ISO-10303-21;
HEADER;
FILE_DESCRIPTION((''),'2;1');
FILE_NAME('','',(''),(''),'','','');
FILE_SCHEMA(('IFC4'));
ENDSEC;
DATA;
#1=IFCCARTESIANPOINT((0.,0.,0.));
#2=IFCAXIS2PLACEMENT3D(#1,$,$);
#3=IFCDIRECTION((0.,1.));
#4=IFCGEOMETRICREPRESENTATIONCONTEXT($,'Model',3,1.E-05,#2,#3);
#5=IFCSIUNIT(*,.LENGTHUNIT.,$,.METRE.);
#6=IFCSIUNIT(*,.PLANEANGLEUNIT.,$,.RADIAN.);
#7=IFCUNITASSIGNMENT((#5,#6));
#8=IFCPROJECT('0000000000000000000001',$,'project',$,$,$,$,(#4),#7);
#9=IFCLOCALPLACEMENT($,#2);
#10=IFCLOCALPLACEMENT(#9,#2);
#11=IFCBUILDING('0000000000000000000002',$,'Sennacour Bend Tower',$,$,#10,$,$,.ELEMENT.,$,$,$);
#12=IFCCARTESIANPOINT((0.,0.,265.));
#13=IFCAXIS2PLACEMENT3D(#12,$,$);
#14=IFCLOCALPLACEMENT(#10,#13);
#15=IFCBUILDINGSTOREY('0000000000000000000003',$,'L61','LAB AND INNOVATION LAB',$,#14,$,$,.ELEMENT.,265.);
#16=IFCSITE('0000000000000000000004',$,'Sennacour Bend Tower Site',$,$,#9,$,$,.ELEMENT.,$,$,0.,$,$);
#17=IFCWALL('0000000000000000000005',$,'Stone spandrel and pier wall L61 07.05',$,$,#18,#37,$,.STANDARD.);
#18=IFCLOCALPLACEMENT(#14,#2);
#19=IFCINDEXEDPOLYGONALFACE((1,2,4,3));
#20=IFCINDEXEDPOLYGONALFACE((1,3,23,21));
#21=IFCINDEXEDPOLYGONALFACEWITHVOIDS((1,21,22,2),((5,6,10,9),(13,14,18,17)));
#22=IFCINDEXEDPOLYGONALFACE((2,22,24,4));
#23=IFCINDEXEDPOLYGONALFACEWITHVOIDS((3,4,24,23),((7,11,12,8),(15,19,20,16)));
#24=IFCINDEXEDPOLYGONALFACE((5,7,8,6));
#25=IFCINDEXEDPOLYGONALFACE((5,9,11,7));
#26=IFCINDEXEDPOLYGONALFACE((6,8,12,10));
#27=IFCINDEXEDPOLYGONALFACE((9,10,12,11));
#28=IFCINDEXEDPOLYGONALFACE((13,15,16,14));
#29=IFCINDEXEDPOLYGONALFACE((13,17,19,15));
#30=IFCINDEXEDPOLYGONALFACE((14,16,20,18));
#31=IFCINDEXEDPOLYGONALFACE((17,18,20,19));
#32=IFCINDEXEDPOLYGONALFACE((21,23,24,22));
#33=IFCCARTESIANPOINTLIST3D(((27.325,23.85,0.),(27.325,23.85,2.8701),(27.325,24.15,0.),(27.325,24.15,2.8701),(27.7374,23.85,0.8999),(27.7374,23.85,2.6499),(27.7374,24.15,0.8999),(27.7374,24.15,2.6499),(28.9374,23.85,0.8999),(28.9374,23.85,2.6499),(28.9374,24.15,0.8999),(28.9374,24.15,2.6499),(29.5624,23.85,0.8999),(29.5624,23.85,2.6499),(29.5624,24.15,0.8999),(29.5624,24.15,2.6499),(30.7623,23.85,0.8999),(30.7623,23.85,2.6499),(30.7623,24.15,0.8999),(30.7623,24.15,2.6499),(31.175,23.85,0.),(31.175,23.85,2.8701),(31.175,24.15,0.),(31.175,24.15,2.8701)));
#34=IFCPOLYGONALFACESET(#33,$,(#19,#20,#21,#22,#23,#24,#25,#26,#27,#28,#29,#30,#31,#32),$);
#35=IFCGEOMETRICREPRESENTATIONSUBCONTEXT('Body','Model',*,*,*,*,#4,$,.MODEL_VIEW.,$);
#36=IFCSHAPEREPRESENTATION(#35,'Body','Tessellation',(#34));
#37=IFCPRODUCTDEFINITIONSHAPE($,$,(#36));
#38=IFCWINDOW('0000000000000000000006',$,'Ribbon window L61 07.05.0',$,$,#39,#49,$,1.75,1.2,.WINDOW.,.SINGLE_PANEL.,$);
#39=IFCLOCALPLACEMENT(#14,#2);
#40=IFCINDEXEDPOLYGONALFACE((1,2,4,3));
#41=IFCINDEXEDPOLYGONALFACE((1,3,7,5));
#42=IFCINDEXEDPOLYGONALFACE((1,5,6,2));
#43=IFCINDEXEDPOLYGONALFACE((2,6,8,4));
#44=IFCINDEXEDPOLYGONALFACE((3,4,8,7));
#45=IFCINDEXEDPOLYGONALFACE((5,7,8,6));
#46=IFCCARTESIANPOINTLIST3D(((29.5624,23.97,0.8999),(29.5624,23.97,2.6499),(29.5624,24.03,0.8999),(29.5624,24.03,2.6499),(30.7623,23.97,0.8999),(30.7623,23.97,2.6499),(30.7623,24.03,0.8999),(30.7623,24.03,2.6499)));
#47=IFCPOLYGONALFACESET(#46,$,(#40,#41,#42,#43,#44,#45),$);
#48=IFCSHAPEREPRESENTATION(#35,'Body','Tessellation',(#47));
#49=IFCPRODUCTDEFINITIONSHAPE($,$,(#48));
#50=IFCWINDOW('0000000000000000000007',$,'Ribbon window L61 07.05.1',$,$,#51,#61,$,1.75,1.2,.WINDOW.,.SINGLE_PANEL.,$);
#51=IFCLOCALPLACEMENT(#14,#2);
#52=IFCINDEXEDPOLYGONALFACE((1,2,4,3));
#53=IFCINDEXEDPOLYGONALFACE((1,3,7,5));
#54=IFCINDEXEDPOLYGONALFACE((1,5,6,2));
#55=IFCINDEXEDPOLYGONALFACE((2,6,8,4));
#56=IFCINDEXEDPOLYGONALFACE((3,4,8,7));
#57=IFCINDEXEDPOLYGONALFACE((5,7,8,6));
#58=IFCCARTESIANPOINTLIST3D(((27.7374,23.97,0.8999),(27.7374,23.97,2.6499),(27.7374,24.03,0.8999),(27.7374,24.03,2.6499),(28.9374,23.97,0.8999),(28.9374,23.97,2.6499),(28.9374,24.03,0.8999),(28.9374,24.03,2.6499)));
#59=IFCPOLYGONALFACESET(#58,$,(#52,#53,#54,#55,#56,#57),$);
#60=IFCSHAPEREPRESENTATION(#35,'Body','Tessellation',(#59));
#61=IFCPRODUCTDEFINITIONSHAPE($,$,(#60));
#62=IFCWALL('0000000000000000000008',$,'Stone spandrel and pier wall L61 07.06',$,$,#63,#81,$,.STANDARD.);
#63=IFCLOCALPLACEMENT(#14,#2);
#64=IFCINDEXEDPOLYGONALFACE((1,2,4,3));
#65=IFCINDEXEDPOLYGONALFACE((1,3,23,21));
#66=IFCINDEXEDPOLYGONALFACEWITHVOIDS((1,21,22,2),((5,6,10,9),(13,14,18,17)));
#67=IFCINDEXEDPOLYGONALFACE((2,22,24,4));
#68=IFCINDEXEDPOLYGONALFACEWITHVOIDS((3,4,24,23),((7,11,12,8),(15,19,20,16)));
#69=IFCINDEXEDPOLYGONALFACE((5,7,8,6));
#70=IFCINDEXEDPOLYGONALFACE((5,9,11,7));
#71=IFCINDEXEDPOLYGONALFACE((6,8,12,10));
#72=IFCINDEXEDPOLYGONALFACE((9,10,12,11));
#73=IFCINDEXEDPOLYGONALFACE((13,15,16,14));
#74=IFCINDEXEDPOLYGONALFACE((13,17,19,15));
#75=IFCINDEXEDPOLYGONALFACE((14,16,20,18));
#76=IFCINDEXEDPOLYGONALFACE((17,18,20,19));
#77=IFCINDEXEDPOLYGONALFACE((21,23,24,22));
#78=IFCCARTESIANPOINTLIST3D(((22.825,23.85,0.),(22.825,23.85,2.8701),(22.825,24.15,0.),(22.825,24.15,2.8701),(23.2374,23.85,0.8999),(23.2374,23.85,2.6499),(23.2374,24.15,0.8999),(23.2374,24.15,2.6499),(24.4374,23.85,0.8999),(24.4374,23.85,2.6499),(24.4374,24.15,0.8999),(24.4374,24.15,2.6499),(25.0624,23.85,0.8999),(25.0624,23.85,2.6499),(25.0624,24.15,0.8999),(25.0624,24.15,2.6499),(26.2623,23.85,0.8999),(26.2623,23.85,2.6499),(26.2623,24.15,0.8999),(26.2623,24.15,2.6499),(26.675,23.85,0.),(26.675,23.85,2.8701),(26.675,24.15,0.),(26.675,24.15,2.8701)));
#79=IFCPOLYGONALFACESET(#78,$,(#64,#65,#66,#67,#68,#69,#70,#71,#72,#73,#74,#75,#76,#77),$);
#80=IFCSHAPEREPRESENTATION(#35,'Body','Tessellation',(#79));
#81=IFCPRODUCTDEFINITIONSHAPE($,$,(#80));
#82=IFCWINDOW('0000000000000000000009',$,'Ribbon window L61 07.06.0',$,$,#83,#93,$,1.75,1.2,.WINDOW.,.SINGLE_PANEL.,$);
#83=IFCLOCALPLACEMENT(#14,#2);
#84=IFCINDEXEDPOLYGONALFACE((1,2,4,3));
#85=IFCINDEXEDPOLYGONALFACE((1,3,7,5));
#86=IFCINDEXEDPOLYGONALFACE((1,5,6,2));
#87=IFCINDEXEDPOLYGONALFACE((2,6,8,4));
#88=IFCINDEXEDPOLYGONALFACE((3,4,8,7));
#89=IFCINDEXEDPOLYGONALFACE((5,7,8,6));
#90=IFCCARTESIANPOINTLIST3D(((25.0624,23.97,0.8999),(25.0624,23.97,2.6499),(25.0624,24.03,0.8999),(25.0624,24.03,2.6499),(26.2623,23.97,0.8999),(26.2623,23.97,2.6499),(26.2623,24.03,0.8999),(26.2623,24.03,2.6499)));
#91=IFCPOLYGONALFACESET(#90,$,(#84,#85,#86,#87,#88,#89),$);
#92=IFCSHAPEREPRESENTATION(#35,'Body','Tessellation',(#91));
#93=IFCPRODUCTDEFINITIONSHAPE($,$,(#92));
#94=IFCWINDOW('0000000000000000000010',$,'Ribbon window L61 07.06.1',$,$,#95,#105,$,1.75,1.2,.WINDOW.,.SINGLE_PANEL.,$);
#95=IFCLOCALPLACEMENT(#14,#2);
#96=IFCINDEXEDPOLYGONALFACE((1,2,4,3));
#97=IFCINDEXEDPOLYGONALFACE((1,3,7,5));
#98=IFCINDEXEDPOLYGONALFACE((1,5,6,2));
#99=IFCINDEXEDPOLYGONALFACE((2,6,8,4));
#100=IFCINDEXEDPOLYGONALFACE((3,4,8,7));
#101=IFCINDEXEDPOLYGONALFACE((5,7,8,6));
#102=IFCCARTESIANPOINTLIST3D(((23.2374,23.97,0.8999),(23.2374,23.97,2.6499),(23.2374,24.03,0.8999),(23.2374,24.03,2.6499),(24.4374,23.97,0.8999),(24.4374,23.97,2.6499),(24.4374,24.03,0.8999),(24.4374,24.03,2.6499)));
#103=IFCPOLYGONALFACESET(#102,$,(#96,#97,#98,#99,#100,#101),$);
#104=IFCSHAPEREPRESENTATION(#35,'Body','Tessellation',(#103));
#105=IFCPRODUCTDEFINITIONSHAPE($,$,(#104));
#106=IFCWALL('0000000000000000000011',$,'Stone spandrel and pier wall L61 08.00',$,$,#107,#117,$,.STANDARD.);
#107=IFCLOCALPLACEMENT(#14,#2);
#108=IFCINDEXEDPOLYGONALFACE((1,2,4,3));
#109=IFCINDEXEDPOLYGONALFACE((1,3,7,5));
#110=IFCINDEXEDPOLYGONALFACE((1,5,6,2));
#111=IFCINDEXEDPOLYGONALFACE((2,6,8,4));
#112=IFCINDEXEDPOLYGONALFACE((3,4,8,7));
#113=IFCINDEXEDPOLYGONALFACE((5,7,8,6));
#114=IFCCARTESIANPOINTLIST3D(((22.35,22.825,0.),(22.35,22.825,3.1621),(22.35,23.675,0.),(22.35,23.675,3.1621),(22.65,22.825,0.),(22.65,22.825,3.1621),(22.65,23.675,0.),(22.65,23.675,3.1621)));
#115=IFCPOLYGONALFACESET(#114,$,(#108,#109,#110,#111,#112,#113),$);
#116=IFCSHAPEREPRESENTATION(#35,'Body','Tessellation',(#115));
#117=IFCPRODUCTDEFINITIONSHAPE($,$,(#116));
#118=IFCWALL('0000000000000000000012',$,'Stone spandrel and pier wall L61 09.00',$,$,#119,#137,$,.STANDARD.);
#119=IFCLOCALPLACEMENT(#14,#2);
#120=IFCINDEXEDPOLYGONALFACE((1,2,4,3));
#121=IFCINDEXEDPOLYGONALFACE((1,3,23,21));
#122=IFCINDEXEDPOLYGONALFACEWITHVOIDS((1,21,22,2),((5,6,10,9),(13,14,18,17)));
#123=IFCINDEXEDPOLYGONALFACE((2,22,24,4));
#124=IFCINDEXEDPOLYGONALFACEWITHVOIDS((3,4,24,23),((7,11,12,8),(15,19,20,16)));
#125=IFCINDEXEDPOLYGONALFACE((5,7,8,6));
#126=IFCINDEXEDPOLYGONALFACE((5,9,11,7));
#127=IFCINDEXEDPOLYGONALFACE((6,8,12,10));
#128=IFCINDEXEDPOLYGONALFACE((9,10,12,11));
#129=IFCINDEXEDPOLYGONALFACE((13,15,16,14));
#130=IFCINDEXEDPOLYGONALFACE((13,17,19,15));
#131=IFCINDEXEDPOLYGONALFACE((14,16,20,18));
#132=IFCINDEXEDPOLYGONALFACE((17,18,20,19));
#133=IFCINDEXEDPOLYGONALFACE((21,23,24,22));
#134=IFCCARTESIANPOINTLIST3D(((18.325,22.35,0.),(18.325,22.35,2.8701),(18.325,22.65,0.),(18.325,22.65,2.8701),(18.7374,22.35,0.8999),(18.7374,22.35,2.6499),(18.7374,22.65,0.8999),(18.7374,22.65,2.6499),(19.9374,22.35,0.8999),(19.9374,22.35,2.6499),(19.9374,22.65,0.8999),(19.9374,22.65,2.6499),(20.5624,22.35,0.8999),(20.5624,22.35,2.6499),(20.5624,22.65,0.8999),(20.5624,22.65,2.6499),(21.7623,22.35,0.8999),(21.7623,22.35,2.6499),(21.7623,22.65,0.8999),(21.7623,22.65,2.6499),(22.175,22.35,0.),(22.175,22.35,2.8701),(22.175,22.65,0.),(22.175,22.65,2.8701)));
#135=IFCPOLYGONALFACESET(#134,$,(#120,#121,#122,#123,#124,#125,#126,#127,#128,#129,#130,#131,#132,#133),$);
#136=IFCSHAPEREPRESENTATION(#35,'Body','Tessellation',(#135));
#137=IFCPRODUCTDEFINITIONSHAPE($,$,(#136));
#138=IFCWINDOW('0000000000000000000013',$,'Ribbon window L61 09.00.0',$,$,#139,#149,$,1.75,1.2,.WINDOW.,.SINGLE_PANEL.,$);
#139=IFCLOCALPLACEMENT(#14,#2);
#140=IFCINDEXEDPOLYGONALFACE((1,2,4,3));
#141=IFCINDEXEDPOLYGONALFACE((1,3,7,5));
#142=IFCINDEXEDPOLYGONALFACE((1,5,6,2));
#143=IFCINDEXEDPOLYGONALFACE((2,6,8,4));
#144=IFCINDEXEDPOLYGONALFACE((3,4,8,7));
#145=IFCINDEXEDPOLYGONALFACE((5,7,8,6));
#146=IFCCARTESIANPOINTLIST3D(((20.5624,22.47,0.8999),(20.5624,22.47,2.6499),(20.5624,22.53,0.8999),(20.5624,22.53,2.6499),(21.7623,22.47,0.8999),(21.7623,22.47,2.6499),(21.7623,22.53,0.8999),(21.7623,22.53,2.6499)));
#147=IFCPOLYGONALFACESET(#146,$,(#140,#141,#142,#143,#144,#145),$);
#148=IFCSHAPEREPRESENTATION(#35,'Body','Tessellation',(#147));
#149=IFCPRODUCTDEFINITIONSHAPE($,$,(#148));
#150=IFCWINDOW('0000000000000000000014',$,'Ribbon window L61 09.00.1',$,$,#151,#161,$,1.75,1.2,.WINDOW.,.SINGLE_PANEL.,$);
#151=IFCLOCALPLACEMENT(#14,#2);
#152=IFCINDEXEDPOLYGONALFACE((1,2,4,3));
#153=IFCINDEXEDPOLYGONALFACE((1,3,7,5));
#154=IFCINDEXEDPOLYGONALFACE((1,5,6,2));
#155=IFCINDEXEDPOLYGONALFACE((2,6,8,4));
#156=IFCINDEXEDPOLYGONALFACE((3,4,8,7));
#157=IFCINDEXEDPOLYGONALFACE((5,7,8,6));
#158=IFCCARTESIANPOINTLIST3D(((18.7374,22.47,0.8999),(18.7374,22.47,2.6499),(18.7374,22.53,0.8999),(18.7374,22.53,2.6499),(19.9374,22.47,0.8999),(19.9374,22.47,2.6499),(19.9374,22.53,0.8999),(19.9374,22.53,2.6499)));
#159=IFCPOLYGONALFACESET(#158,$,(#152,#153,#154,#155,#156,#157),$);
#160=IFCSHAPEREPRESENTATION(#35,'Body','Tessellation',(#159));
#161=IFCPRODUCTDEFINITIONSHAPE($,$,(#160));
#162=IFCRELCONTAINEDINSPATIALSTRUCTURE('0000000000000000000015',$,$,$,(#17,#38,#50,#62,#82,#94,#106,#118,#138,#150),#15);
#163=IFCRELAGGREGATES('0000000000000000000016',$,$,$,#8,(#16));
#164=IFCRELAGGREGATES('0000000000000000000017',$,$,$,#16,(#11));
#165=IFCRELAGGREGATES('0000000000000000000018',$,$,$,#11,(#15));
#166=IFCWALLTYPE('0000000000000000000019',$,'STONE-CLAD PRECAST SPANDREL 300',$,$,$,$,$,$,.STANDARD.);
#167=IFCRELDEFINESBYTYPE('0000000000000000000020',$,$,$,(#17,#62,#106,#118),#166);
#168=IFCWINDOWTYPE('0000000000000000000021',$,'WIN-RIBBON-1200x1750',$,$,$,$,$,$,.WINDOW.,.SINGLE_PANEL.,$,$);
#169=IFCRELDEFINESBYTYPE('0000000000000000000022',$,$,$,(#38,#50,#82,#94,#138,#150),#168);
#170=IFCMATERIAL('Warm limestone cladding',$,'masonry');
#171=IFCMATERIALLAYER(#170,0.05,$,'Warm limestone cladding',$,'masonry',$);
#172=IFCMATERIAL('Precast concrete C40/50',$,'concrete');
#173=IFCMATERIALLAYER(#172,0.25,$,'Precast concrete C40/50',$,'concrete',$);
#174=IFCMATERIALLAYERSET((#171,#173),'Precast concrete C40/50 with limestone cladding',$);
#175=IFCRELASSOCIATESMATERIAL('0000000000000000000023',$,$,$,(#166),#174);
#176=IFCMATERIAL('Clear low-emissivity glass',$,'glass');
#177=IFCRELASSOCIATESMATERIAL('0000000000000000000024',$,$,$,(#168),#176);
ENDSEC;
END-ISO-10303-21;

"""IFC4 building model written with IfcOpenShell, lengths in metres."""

from ifc_helpers import new_model, si_unit, direction, frame, frame_2d, origin, place, context, subcontext, project, spatial, rectangle, extrude, material, layer, layer_set, type_object, element, fill, save


model = new_model("IFC4")

# Units and contexts
model_context = context("Model", 3, precision=1e-05, world=origin(), true_north=direction((0.0, 1.0)))
body_context = subcontext(model_context, "Body", "Model", "MODEL_VIEW")
ifc_project = project(units=[si_unit("LENGTHUNIT", "METRE"), si_unit("PLANEANGLEUNIT", "RADIAN")], contexts=[model_context])

# Site, building, storey
site_placement = place(None, origin())
site = spatial("IfcSite", under=ifc_project, at=site_placement, Name="Sennacour Bend Tower Site", CompositionType="ELEMENT", RefElevation=0.0)
building_placement = place(site_placement, origin())
building = spatial("IfcBuilding", under=site, at=building_placement, Name="Sennacour Bend Tower", CompositionType="ELEMENT")
storey_placement = place(building_placement, frame((0.0, 0.0, 265.0)))
storey = spatial("IfcBuildingStorey", under=building, at=storey_placement, Name="L61", Description="LAB AND INNOVATION LAB", CompositionType="ELEMENT", Elevation=265.0)

# Walls, openings, windows
ifc_material_1 = material(Name="Warm limestone cladding", Category="masonry")
ifc_layer_1 = layer(ifc_material_1, 0.05, Name="Warm limestone cladding", Category="masonry")
ifc_material_2 = material(Name="Precast concrete C40/50", Category="concrete")
ifc_layer_2 = layer(ifc_material_2, 0.25, Name="Precast concrete C40/50", Category="concrete")
ifc_layer_set = layer_set([ifc_layer_1, ifc_layer_2], Name="Precast concrete C40/50 with limestone cladding")
wall_type = type_object("IfcWallType", Name="STONE-CLAD PRECAST SPANDREL 300", PredefinedType="STANDARD", material=ifc_layer_set)
wall_1_placement = place(storey_placement, frame((31.175, 24.0, 0.0), z_axis=(0.0, 0.0, 1.0), x_axis=(-1.0, 0.0, 0.0)))
wall_1 = element("IfcWall", 1, at=wall_1_placement, inside=storey, type_object=wall_type, Name="Stone spandrel and pier wall L61 07.05", PredefinedType="STANDARD", context=body_context, shape_type="SweptSolid", body=[
    extrude(rectangle(XDim=3.8501, YDim=0.3, at=frame_2d((1.925, 0.0))), origin(), (0.0, 0.0, 1.0), 2.8701),
])
opening_1_placement = place(wall_1_placement, frame((0.4126, 0.0, 0.8999)))
opening_1 = element("IfcOpeningElement", 2, at=opening_1_placement, cuts=wall_1, PredefinedType="OPENING", context=body_context, shape_type="SweptSolid", body=[
    extrude(rectangle(XDim=1.2, YDim=1.75, at=frame_2d((0.6001, 0.875))), frame((0.0, 0.1602, 0.0), z_axis=(0.0, -1.0, 0.0), x_axis=(1.0, 0.0, 0.0)), (0.0, 0.0, 1.0), 0.3201),
])
opening_2_placement = place(wall_1_placement, frame((2.2375, 0.0, 0.8999)))
opening_2 = element("IfcOpeningElement", 3, at=opening_2_placement, cuts=wall_1, PredefinedType="OPENING", context=body_context, shape_type="SweptSolid", body=[
    extrude(rectangle(XDim=1.2, YDim=1.75, at=frame_2d((0.6001, 0.875))), frame((0.0, 0.1602, 0.0), z_axis=(0.0, -1.0, 0.0), x_axis=(1.0, 0.0, 0.0)), (0.0, 0.0, 1.0), 0.3201),
])
ifc_material_3 = material(Name="Clear low-emissivity glass", Category="glass")
window_type = type_object("IfcWindowType", Name="WIN-RIBBON-1200x1750", PartitioningType="SINGLE_PANEL", PredefinedType="WINDOW", material=ifc_material_3)
window_1_placement = place(opening_1_placement, origin())
window_1 = element("IfcWindow", 4, at=window_1_placement, inside=storey, type_object=window_type, Name="Ribbon window L61 07.05.0", OverallHeight=1.75, OverallWidth=1.2, PartitioningType="SINGLE_PANEL", PredefinedType="WINDOW", context=body_context, shape_type="SweptSolid", body=[
    extrude(rectangle(XDim=1.2, YDim=1.75, at=frame_2d((0.6001, 0.875))), frame((0.0, 0.03, 0.0), z_axis=(0.0, -1.0, 0.0), x_axis=(1.0, 0.0, 0.0)), (0.0, 0.0, 1.0), 0.0601),
])
fill(opening_1, window_1)
window_2_placement = place(opening_2_placement, origin())
window_2 = element("IfcWindow", 5, at=window_2_placement, inside=storey, type_object=window_type, Name="Ribbon window L61 07.05.1", OverallHeight=1.75, OverallWidth=1.2, PartitioningType="SINGLE_PANEL", PredefinedType="WINDOW", context=body_context, shape_type="SweptSolid", body=[
    extrude(rectangle(XDim=1.2, YDim=1.75, at=frame_2d((0.6001, 0.875))), frame((0.0, 0.03, 0.0), z_axis=(0.0, -1.0, 0.0), x_axis=(1.0, 0.0, 0.0)), (0.0, 0.0, 1.0), 0.0601),
])
fill(opening_2, window_2)
wall_2_placement = place(storey_placement, frame((26.675, 24.0, 0.0), z_axis=(0.0, 0.0, 1.0), x_axis=(-1.0, 0.0, 0.0)))
wall_2 = element("IfcWall", 6, at=wall_2_placement, inside=storey, type_object=wall_type, Name="Stone spandrel and pier wall L61 07.06", PredefinedType="STANDARD", context=body_context, shape_type="SweptSolid", body=[
    extrude(rectangle(XDim=3.8501, YDim=0.3, at=frame_2d((1.925, 0.0))), origin(), (0.0, 0.0, 1.0), 2.8701),
])
opening_3_placement = place(wall_2_placement, frame((0.4126, 0.0, 0.8999)))
opening_3 = element("IfcOpeningElement", 7, at=opening_3_placement, cuts=wall_2, PredefinedType="OPENING", context=body_context, shape_type="SweptSolid", body=[
    extrude(rectangle(XDim=1.2, YDim=1.75, at=frame_2d((0.6001, 0.875))), frame((0.0, 0.1602, 0.0), z_axis=(0.0, -1.0, 0.0), x_axis=(1.0, 0.0, 0.0)), (0.0, 0.0, 1.0), 0.3201),
])
opening_4_placement = place(wall_2_placement, frame((2.2375, 0.0, 0.8999)))
opening_4 = element("IfcOpeningElement", 8, at=opening_4_placement, cuts=wall_2, PredefinedType="OPENING", context=body_context, shape_type="SweptSolid", body=[
    extrude(rectangle(XDim=1.2, YDim=1.75, at=frame_2d((0.6001, 0.875))), frame((0.0, 0.1602, 0.0), z_axis=(0.0, -1.0, 0.0), x_axis=(1.0, 0.0, 0.0)), (0.0, 0.0, 1.0), 0.3201),
])
window_3_placement = place(opening_3_placement, origin())
window_3 = element("IfcWindow", 9, at=window_3_placement, inside=storey, type_object=window_type, Name="Ribbon window L61 07.06.0", OverallHeight=1.75, OverallWidth=1.2, PartitioningType="SINGLE_PANEL", PredefinedType="WINDOW", context=body_context, shape_type="SweptSolid", body=[
    extrude(rectangle(XDim=1.2, YDim=1.75, at=frame_2d((0.6001, 0.875))), frame((0.0, 0.03, 0.0), z_axis=(0.0, -1.0, 0.0), x_axis=(1.0, 0.0, 0.0)), (0.0, 0.0, 1.0), 0.0601),
])
fill(opening_3, window_3)
window_4_placement = place(opening_4_placement, origin())
window_4 = element("IfcWindow", 10, at=window_4_placement, inside=storey, type_object=window_type, Name="Ribbon window L61 07.06.1", OverallHeight=1.75, OverallWidth=1.2, PartitioningType="SINGLE_PANEL", PredefinedType="WINDOW", context=body_context, shape_type="SweptSolid", body=[
    extrude(rectangle(XDim=1.2, YDim=1.75, at=frame_2d((0.6001, 0.875))), frame((0.0, 0.03, 0.0), z_axis=(0.0, -1.0, 0.0), x_axis=(1.0, 0.0, 0.0)), (0.0, 0.0, 1.0), 0.0601),
])
fill(opening_4, window_4)

# Wall
wall_3_placement = place(storey_placement, frame((22.5, 23.675, 0.0), z_axis=(0.0, 0.0, 1.0), x_axis=(0.0, -1.0, 0.0)))
element("IfcWall", 11, at=wall_3_placement, inside=storey, type_object=wall_type, Name="Stone spandrel and pier wall L61 08.00", PredefinedType="STANDARD", context=body_context, shape_type="SweptSolid", body=[
    extrude(rectangle(XDim=0.8501, YDim=0.3, at=frame_2d((0.425, 0.0))), origin(), (0.0, 0.0, 1.0), 3.1621),
])

# Wall, openings, windows
wall_4_placement = place(storey_placement, frame((22.175, 22.5, 0.0), z_axis=(0.0, 0.0, 1.0), x_axis=(-1.0, 0.0, 0.0)))
wall_4 = element("IfcWall", 12, at=wall_4_placement, inside=storey, type_object=wall_type, Name="Stone spandrel and pier wall L61 09.00", PredefinedType="STANDARD", context=body_context, shape_type="SweptSolid", body=[
    extrude(rectangle(XDim=3.8501, YDim=0.3, at=frame_2d((1.925, 0.0))), origin(), (0.0, 0.0, 1.0), 2.8701),
])
opening_5_placement = place(wall_4_placement, frame((0.4126, 0.0, 0.8999)))
opening_5 = element("IfcOpeningElement", 13, at=opening_5_placement, cuts=wall_4, PredefinedType="OPENING", context=body_context, shape_type="SweptSolid", body=[
    extrude(rectangle(XDim=1.2, YDim=1.75, at=frame_2d((0.6001, 0.875))), frame((0.0, 0.1602, 0.0), z_axis=(0.0, -1.0, 0.0), x_axis=(1.0, 0.0, 0.0)), (0.0, 0.0, 1.0), 0.3201),
])
opening_6_placement = place(wall_4_placement, frame((2.2375, 0.0, 0.8999)))
opening_6 = element("IfcOpeningElement", 14, at=opening_6_placement, cuts=wall_4, PredefinedType="OPENING", context=body_context, shape_type="SweptSolid", body=[
    extrude(rectangle(XDim=1.2, YDim=1.75, at=frame_2d((0.6001, 0.875))), frame((0.0, 0.1602, 0.0), z_axis=(0.0, -1.0, 0.0), x_axis=(1.0, 0.0, 0.0)), (0.0, 0.0, 1.0), 0.3201),
])
window_5_placement = place(opening_5_placement, origin())
window_5 = element("IfcWindow", 15, at=window_5_placement, inside=storey, type_object=window_type, Name="Ribbon window L61 09.00.0", OverallHeight=1.75, OverallWidth=1.2, PartitioningType="SINGLE_PANEL", PredefinedType="WINDOW", context=body_context, shape_type="SweptSolid", body=[
    extrude(rectangle(XDim=1.2, YDim=1.75, at=frame_2d((0.6001, 0.875))), frame((0.0, 0.03, 0.0), z_axis=(0.0, -1.0, 0.0), x_axis=(1.0, 0.0, 0.0)), (0.0, 0.0, 1.0), 0.0601),
])
fill(opening_5, window_5)
window_6_placement = place(opening_6_placement, origin())
window_6 = element("IfcWindow", 16, at=window_6_placement, inside=storey, type_object=window_type, Name="Ribbon window L61 09.00.1", OverallHeight=1.75, OverallWidth=1.2, PartitioningType="SINGLE_PANEL", PredefinedType="WINDOW", context=body_context, shape_type="SweptSolid", body=[
    extrude(rectangle(XDim=1.2, YDim=1.75, at=frame_2d((0.6001, 0.875))), frame((0.0, 0.03, 0.0), z_axis=(0.0, -1.0, 0.0), x_axis=(1.0, 0.0, 0.0)), (0.0, 0.0, 1.0), 0.0601),
])
fill(opening_6, window_6)

save(model, "model.ifc")
